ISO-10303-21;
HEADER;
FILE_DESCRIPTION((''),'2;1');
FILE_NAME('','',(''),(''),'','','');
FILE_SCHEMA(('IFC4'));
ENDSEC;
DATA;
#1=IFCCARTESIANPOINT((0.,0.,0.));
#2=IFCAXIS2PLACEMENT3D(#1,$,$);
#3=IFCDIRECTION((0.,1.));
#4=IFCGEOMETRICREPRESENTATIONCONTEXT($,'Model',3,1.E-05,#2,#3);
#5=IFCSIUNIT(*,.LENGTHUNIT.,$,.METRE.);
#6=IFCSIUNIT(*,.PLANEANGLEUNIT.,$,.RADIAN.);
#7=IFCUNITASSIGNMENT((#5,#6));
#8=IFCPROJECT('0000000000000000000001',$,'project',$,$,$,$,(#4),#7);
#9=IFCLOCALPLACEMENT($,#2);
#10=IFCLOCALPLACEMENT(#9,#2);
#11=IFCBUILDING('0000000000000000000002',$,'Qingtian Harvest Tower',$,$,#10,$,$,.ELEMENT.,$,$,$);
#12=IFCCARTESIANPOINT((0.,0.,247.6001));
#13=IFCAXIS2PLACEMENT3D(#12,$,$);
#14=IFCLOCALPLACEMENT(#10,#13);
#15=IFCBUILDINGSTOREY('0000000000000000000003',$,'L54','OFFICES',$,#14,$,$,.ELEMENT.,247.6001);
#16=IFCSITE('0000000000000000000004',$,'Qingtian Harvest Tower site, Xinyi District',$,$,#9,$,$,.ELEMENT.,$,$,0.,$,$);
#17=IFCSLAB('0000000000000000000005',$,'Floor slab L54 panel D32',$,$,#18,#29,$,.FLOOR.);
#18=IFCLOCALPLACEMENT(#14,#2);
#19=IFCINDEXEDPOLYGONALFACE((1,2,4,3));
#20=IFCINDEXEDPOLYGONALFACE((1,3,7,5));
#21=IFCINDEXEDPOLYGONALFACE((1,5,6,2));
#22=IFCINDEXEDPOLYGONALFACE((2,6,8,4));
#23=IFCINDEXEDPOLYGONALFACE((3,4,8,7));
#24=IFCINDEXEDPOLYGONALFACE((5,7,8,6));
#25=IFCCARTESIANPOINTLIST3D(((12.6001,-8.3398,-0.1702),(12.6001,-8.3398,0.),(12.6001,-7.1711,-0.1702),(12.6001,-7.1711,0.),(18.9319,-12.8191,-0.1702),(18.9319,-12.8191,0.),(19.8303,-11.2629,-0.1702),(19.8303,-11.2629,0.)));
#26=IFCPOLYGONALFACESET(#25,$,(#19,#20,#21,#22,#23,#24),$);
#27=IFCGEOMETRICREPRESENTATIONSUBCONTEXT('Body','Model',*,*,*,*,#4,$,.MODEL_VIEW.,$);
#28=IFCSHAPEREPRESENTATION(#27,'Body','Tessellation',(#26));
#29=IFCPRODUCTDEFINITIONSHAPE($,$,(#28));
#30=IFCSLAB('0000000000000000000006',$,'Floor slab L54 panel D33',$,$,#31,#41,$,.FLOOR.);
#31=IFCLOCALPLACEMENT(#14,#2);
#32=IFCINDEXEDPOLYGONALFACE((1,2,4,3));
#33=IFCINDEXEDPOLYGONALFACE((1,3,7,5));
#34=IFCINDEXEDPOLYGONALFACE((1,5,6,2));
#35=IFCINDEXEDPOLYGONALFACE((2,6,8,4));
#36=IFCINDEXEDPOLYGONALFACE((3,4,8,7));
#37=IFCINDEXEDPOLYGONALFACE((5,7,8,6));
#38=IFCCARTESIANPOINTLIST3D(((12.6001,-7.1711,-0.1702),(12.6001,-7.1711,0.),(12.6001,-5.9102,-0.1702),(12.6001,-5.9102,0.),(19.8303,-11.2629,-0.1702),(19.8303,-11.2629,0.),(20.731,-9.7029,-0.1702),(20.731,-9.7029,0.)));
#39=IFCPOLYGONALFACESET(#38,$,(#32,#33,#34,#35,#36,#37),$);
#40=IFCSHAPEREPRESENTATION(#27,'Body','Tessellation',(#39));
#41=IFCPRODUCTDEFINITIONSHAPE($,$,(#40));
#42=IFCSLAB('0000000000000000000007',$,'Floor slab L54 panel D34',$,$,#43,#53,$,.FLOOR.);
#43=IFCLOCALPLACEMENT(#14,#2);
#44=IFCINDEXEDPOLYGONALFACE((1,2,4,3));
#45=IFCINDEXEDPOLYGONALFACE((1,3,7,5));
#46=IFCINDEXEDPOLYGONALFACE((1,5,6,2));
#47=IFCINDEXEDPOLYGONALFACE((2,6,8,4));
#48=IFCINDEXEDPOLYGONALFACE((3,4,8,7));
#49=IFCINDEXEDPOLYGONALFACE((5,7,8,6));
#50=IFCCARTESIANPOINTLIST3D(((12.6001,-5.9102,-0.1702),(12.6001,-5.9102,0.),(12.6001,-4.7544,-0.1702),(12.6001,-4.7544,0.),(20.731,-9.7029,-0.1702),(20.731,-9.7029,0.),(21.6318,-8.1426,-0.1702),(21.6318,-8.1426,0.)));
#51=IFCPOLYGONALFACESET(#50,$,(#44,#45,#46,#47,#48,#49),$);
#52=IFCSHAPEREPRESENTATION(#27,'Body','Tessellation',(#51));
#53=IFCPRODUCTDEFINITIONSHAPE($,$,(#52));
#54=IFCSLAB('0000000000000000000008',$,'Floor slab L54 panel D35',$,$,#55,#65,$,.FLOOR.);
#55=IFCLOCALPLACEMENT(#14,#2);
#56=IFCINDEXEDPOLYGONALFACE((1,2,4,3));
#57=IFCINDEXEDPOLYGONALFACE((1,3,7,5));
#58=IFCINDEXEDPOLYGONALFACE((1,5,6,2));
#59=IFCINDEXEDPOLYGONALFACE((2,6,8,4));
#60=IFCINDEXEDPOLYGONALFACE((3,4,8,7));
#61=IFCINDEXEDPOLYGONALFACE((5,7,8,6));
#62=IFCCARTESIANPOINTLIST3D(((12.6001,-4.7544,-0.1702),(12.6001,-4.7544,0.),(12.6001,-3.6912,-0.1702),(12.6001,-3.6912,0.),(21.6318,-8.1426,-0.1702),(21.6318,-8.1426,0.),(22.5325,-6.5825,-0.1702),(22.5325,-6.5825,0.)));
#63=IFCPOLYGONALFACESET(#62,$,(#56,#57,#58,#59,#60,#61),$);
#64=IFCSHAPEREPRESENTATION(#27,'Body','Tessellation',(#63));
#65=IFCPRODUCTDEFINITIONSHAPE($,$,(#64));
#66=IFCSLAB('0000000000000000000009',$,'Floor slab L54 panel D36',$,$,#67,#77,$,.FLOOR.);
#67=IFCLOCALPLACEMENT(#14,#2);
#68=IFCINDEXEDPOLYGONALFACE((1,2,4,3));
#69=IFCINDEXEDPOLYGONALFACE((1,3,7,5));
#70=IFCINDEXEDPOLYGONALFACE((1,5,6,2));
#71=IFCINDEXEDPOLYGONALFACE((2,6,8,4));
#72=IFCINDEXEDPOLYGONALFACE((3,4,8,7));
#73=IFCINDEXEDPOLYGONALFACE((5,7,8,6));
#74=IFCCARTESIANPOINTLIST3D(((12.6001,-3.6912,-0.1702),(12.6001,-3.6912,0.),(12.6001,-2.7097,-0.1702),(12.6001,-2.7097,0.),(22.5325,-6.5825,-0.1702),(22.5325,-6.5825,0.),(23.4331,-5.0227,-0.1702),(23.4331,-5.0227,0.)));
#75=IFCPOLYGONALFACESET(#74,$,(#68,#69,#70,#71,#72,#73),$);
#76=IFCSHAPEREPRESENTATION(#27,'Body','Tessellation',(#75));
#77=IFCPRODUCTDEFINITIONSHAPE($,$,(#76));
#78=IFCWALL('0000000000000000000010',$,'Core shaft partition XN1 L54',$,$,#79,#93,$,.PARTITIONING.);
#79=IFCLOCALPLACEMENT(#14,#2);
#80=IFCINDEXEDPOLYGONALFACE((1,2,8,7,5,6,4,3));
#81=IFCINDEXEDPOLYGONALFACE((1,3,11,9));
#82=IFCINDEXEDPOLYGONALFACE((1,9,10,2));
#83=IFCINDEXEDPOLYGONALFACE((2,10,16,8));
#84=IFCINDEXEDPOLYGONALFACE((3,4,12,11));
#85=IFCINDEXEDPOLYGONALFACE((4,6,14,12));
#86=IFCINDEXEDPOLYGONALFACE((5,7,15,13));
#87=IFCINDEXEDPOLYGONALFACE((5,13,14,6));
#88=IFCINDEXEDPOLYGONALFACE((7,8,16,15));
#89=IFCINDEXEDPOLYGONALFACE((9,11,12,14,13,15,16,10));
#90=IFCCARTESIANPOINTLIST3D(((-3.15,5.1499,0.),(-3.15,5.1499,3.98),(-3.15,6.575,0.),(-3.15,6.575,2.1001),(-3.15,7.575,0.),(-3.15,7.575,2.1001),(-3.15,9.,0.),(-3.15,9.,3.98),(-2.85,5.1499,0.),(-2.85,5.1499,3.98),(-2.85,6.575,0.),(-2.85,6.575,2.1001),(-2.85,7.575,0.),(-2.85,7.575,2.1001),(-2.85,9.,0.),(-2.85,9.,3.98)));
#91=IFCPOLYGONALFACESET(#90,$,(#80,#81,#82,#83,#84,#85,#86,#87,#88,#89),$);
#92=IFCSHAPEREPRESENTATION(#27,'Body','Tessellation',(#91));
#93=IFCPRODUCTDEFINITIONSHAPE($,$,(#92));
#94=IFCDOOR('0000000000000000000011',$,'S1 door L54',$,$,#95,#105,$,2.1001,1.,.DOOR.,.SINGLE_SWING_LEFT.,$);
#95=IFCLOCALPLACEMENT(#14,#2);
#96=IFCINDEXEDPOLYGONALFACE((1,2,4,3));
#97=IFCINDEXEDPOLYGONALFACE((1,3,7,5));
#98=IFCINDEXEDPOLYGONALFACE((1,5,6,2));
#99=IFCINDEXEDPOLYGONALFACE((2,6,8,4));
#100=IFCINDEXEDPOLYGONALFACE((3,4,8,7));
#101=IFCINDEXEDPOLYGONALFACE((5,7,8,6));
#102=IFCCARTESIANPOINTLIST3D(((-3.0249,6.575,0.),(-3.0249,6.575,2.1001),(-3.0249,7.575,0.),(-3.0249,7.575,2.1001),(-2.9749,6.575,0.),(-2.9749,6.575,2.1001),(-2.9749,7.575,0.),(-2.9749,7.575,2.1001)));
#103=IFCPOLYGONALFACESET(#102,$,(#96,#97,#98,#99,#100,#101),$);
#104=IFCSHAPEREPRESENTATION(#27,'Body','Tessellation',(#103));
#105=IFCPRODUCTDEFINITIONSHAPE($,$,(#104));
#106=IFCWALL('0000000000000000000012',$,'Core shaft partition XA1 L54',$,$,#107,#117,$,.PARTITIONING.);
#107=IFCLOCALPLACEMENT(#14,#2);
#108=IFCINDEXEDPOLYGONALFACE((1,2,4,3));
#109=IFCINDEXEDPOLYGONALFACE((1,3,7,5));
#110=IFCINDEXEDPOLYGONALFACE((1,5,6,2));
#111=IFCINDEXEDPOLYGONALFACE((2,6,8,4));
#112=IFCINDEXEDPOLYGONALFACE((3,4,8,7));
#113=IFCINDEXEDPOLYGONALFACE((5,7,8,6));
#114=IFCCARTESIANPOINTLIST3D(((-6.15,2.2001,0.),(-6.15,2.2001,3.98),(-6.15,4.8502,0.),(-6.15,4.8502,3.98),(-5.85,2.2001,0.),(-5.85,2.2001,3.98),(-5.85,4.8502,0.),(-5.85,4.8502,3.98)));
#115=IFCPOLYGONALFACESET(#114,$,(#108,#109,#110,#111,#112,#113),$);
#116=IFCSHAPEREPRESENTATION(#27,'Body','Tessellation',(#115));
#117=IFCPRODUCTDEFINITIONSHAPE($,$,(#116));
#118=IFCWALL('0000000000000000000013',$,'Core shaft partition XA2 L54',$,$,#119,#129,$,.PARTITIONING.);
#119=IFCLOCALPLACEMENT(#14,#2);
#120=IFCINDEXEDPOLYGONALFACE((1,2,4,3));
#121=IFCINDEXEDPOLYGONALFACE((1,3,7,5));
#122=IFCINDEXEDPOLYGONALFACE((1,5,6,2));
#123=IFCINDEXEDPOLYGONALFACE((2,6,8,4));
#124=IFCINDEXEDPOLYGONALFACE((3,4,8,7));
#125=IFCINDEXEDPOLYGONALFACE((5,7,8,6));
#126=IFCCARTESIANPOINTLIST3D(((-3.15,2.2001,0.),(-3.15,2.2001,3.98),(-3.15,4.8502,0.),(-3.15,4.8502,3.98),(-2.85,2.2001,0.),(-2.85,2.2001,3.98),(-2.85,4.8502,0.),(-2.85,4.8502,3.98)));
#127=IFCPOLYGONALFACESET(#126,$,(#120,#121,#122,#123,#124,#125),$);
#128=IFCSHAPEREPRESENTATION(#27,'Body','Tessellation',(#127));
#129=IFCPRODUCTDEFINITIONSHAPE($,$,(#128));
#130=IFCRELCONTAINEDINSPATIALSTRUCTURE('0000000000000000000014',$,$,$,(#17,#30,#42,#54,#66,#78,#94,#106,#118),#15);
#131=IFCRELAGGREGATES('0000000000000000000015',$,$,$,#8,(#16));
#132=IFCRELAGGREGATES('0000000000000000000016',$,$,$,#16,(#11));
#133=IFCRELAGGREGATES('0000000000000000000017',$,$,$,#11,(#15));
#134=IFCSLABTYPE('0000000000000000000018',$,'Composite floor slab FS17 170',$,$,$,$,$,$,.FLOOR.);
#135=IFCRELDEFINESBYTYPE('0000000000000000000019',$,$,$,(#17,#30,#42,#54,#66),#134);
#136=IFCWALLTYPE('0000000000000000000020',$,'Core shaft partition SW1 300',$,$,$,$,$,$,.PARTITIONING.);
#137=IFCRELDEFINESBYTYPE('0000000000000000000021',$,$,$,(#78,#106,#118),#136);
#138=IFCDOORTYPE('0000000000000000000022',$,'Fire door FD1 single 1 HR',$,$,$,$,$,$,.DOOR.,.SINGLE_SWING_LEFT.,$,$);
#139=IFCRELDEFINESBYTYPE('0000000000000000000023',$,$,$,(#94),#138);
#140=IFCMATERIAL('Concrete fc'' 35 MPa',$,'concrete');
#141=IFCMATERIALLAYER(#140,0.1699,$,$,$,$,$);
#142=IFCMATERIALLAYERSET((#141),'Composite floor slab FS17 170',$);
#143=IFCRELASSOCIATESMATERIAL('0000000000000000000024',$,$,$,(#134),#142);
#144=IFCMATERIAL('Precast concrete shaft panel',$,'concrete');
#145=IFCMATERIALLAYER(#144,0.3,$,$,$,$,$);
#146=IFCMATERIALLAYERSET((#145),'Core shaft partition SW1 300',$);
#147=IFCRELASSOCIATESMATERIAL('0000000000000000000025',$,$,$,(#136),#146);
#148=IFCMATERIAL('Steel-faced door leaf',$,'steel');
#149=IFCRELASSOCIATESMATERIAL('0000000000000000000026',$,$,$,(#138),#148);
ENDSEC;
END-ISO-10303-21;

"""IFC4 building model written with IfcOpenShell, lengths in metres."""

from ifc_helpers import new_model, si_unit, direction, frame, frame_2d, origin, place, context, subcontext, project, spatial, polyline, rectangle, outline, extrude, material, layer, layer_set, type_object, element, fill, save


model = new_model("IFC4")

# Units and contexts
model_context = context("Model", 3, precision=1e-05, world=origin(), true_north=direction((0.0, 1.0)))
body_context = subcontext(model_context, "Body", "Model", "MODEL_VIEW")
ifc_project = project(units=[si_unit("LENGTHUNIT", "METRE"), si_unit("PLANEANGLEUNIT", "RADIAN")], contexts=[model_context])

# Site, building, storey
site_placement = place(None, origin())
site = spatial("IfcSite", under=ifc_project, at=site_placement, Name="Qingtian Harvest Tower site, Xinyi District", CompositionType="ELEMENT", RefElevation=0.0)
building_placement = place(site_placement, origin())
building = spatial("IfcBuilding", under=site, at=building_placement, Name="Qingtian Harvest Tower", CompositionType="ELEMENT")
storey_placement = place(building_placement, frame((0.0, 0.0, 247.6001)))
storey = spatial("IfcBuildingStorey", under=building, at=storey_placement, Name="L54", Description="OFFICES", CompositionType="ELEMENT", Elevation=247.6001)

# Slabs
ifc_material_1 = material(Name="Concrete fc' 35 MPa", Category="concrete")
ifc_layer_1 = layer(ifc_material_1, 0.1699)
ifc_layer_set_1 = layer_set([ifc_layer_1], Name="Composite floor slab FS17 170")
slab_type = type_object("IfcSlabType", Name="Composite floor slab FS17 170", PredefinedType="FLOOR", material=ifc_layer_set_1)
slab_1_placement = place(storey_placement, frame((0.0, 0.0, -0.1702)))
element("IfcSlab", 1, at=slab_1_placement, inside=storey, type_object=slab_type, Name="Floor slab L54 panel D32", PredefinedType="FLOOR", context=body_context, shape_type="SweptSolid", body=[
    extrude(outline(polyline([(12.6001, -7.1711), (19.8303, -11.2629), (18.9319, -12.8191), (12.6001, -8.3398), (12.6001, -7.1711)])), origin(), (0.0, 0.0, 1.0), 0.1702),
])
slab_2_placement = place(storey_placement, frame((0.0, 0.0, -0.1702)))
element("IfcSlab", 2, at=slab_2_placement, inside=storey, type_object=slab_type, Name="Floor slab L54 panel D33", PredefinedType="FLOOR", context=body_context, shape_type="SweptSolid", body=[
    extrude(outline(polyline([(12.6001, -5.9102), (20.731, -9.7029), (19.8303, -11.2629), (12.6001, -7.1711), (12.6001, -5.9102)])), origin(), (0.0, 0.0, 1.0), 0.1702),
])
slab_3_placement = place(storey_placement, frame((0.0, 0.0, -0.1702)))
element("IfcSlab", 3, at=slab_3_placement, inside=storey, type_object=slab_type, Name="Floor slab L54 panel D34", PredefinedType="FLOOR", context=body_context, shape_type="SweptSolid", body=[
    extrude(outline(polyline([(12.6001, -4.7544), (21.6318, -8.1426), (20.731, -9.7029), (12.6001, -5.9102), (12.6001, -4.7544)])), origin(), (0.0, 0.0, 1.0), 0.1702),
])
slab_4_placement = place(storey_placement, frame((0.0, 0.0, -0.1702)))
element("IfcSlab", 4, at=slab_4_placement, inside=storey, type_object=slab_type, Name="Floor slab L54 panel D35", PredefinedType="FLOOR", context=body_context, shape_type="SweptSolid", body=[
    extrude(outline(polyline([(12.6001, -3.6912), (22.5325, -6.5825), (21.6318, -8.1426), (12.6001, -4.7544), (12.6001, -3.6912)])), origin(), (0.0, 0.0, 1.0), 0.1702),
])
slab_5_placement = place(storey_placement, frame((0.0, 0.0, -0.1702)))
element("IfcSlab", 5, at=slab_5_placement, inside=storey, type_object=slab_type, Name="Floor slab L54 panel D36", PredefinedType="FLOOR", context=body_context, shape_type="SweptSolid", body=[
    extrude(outline(polyline([(12.6001, -2.7097), (23.4331, -5.0227), (22.5325, -6.5825), (12.6001, -3.6912), (12.6001, -2.7097)])), origin(), (0.0, 0.0, 1.0), 0.1702),
])

# Wall, opening, door
ifc_material_2 = material(Name="Precast concrete shaft panel", Category="concrete")
ifc_layer_2 = layer(ifc_material_2, 0.3)
ifc_layer_set_2 = layer_set([ifc_layer_2], Name="Core shaft partition SW1 300")
wall_type_1 = type_object("IfcWallType", Name="Core shaft partition SW1 300", PredefinedType="PARTITIONING", material=ifc_layer_set_2)
wall_1_placement = place(storey_placement, frame((-3.0, 5.1499, 0.0), z_axis=(0.0, 0.0, 1.0), x_axis=(0.0, 1.0, 0.0)))
wall_1 = element("IfcWall", 6, at=wall_1_placement, inside=storey, type_object=wall_type_1, Name="Core shaft partition XN1 L54", PredefinedType="PARTITIONING", context=body_context, shape_type="SweptSolid", body=[
    extrude(rectangle(XDim=3.8501, YDim=0.3, at=frame_2d((1.925, 0.0))), origin(), (0.0, 0.0, 1.0), 3.98),
])
opening_1_placement = place(wall_1_placement, frame((1.425, 0.0, 0.0)))
opening_1 = element("IfcOpeningElement", 7, at=opening_1_placement, cuts=wall_1, PredefinedType="OPENING", context=body_context, shape_type="SweptSolid", body=[
    extrude(rectangle(XDim=1.0, YDim=2.1001, at=frame_2d((0.5, 1.05))), frame((0.0, 0.1599, 0.0), z_axis=(0.0, -1.0, 0.0), x_axis=(1.0, 0.0, 0.0)), (0.0, 0.0, 1.0), 0.3201),
])
ifc_material_3 = material(Name="Steel-faced door leaf", Category="steel")
door_type_1 = type_object("IfcDoorType", Name="Fire door FD1 single 1 HR", OperationType="SINGLE_SWING_LEFT", PredefinedType="DOOR", material=ifc_material_3)
door_1_placement = place(opening_1_placement, origin())
door_1 = element("IfcDoor", 8, at=door_1_placement, inside=storey, type_object=door_type_1, Name="S1 door L54", OperationType="SINGLE_SWING_LEFT", OverallHeight=2.1001, OverallWidth=1.0, PredefinedType="DOOR", context=body_context, shape_type="SweptSolid", body=[
    extrude(rectangle(XDim=1.0, YDim=2.1001, at=frame_2d((0.5, 1.05))), frame((0.0, 0.0249, 0.0), z_axis=(0.0, -1.0, 0.0), x_axis=(1.0, 0.0, 0.0)), (0.0, 0.0, 1.0), 0.05),
])
fill(opening_1, door_1)

# Walls
for number, where, z_axis, x_axis, name in (
    (9, (-6.0, 2.2, 0.0), (0.0, 0.0, 1.0), (0.0, 1.0, 0.0), "Core shaft partition XA1 L54"),
    (10, (-3.0, 2.2, 0.0), (0.0, 0.0, 1.0), (0.0, 1.0, 0.0), "Core shaft partition XA2 L54"),
):
    element("IfcWall", number, at=place(storey_placement, frame(where, z_axis=z_axis, x_axis=x_axis)), inside=storey, type_object=wall_type_1, Name=name, PredefinedType="PARTITIONING", context=body_context, shape_type="SweptSolid", body=[
        extrude(rectangle(XDim=2.6501, YDim=0.3, at=frame_2d((1.3252, 0.0))), origin(), (0.0, 0.0, 1.0), 3.98),
    ])

save(model, "model.ifc")
